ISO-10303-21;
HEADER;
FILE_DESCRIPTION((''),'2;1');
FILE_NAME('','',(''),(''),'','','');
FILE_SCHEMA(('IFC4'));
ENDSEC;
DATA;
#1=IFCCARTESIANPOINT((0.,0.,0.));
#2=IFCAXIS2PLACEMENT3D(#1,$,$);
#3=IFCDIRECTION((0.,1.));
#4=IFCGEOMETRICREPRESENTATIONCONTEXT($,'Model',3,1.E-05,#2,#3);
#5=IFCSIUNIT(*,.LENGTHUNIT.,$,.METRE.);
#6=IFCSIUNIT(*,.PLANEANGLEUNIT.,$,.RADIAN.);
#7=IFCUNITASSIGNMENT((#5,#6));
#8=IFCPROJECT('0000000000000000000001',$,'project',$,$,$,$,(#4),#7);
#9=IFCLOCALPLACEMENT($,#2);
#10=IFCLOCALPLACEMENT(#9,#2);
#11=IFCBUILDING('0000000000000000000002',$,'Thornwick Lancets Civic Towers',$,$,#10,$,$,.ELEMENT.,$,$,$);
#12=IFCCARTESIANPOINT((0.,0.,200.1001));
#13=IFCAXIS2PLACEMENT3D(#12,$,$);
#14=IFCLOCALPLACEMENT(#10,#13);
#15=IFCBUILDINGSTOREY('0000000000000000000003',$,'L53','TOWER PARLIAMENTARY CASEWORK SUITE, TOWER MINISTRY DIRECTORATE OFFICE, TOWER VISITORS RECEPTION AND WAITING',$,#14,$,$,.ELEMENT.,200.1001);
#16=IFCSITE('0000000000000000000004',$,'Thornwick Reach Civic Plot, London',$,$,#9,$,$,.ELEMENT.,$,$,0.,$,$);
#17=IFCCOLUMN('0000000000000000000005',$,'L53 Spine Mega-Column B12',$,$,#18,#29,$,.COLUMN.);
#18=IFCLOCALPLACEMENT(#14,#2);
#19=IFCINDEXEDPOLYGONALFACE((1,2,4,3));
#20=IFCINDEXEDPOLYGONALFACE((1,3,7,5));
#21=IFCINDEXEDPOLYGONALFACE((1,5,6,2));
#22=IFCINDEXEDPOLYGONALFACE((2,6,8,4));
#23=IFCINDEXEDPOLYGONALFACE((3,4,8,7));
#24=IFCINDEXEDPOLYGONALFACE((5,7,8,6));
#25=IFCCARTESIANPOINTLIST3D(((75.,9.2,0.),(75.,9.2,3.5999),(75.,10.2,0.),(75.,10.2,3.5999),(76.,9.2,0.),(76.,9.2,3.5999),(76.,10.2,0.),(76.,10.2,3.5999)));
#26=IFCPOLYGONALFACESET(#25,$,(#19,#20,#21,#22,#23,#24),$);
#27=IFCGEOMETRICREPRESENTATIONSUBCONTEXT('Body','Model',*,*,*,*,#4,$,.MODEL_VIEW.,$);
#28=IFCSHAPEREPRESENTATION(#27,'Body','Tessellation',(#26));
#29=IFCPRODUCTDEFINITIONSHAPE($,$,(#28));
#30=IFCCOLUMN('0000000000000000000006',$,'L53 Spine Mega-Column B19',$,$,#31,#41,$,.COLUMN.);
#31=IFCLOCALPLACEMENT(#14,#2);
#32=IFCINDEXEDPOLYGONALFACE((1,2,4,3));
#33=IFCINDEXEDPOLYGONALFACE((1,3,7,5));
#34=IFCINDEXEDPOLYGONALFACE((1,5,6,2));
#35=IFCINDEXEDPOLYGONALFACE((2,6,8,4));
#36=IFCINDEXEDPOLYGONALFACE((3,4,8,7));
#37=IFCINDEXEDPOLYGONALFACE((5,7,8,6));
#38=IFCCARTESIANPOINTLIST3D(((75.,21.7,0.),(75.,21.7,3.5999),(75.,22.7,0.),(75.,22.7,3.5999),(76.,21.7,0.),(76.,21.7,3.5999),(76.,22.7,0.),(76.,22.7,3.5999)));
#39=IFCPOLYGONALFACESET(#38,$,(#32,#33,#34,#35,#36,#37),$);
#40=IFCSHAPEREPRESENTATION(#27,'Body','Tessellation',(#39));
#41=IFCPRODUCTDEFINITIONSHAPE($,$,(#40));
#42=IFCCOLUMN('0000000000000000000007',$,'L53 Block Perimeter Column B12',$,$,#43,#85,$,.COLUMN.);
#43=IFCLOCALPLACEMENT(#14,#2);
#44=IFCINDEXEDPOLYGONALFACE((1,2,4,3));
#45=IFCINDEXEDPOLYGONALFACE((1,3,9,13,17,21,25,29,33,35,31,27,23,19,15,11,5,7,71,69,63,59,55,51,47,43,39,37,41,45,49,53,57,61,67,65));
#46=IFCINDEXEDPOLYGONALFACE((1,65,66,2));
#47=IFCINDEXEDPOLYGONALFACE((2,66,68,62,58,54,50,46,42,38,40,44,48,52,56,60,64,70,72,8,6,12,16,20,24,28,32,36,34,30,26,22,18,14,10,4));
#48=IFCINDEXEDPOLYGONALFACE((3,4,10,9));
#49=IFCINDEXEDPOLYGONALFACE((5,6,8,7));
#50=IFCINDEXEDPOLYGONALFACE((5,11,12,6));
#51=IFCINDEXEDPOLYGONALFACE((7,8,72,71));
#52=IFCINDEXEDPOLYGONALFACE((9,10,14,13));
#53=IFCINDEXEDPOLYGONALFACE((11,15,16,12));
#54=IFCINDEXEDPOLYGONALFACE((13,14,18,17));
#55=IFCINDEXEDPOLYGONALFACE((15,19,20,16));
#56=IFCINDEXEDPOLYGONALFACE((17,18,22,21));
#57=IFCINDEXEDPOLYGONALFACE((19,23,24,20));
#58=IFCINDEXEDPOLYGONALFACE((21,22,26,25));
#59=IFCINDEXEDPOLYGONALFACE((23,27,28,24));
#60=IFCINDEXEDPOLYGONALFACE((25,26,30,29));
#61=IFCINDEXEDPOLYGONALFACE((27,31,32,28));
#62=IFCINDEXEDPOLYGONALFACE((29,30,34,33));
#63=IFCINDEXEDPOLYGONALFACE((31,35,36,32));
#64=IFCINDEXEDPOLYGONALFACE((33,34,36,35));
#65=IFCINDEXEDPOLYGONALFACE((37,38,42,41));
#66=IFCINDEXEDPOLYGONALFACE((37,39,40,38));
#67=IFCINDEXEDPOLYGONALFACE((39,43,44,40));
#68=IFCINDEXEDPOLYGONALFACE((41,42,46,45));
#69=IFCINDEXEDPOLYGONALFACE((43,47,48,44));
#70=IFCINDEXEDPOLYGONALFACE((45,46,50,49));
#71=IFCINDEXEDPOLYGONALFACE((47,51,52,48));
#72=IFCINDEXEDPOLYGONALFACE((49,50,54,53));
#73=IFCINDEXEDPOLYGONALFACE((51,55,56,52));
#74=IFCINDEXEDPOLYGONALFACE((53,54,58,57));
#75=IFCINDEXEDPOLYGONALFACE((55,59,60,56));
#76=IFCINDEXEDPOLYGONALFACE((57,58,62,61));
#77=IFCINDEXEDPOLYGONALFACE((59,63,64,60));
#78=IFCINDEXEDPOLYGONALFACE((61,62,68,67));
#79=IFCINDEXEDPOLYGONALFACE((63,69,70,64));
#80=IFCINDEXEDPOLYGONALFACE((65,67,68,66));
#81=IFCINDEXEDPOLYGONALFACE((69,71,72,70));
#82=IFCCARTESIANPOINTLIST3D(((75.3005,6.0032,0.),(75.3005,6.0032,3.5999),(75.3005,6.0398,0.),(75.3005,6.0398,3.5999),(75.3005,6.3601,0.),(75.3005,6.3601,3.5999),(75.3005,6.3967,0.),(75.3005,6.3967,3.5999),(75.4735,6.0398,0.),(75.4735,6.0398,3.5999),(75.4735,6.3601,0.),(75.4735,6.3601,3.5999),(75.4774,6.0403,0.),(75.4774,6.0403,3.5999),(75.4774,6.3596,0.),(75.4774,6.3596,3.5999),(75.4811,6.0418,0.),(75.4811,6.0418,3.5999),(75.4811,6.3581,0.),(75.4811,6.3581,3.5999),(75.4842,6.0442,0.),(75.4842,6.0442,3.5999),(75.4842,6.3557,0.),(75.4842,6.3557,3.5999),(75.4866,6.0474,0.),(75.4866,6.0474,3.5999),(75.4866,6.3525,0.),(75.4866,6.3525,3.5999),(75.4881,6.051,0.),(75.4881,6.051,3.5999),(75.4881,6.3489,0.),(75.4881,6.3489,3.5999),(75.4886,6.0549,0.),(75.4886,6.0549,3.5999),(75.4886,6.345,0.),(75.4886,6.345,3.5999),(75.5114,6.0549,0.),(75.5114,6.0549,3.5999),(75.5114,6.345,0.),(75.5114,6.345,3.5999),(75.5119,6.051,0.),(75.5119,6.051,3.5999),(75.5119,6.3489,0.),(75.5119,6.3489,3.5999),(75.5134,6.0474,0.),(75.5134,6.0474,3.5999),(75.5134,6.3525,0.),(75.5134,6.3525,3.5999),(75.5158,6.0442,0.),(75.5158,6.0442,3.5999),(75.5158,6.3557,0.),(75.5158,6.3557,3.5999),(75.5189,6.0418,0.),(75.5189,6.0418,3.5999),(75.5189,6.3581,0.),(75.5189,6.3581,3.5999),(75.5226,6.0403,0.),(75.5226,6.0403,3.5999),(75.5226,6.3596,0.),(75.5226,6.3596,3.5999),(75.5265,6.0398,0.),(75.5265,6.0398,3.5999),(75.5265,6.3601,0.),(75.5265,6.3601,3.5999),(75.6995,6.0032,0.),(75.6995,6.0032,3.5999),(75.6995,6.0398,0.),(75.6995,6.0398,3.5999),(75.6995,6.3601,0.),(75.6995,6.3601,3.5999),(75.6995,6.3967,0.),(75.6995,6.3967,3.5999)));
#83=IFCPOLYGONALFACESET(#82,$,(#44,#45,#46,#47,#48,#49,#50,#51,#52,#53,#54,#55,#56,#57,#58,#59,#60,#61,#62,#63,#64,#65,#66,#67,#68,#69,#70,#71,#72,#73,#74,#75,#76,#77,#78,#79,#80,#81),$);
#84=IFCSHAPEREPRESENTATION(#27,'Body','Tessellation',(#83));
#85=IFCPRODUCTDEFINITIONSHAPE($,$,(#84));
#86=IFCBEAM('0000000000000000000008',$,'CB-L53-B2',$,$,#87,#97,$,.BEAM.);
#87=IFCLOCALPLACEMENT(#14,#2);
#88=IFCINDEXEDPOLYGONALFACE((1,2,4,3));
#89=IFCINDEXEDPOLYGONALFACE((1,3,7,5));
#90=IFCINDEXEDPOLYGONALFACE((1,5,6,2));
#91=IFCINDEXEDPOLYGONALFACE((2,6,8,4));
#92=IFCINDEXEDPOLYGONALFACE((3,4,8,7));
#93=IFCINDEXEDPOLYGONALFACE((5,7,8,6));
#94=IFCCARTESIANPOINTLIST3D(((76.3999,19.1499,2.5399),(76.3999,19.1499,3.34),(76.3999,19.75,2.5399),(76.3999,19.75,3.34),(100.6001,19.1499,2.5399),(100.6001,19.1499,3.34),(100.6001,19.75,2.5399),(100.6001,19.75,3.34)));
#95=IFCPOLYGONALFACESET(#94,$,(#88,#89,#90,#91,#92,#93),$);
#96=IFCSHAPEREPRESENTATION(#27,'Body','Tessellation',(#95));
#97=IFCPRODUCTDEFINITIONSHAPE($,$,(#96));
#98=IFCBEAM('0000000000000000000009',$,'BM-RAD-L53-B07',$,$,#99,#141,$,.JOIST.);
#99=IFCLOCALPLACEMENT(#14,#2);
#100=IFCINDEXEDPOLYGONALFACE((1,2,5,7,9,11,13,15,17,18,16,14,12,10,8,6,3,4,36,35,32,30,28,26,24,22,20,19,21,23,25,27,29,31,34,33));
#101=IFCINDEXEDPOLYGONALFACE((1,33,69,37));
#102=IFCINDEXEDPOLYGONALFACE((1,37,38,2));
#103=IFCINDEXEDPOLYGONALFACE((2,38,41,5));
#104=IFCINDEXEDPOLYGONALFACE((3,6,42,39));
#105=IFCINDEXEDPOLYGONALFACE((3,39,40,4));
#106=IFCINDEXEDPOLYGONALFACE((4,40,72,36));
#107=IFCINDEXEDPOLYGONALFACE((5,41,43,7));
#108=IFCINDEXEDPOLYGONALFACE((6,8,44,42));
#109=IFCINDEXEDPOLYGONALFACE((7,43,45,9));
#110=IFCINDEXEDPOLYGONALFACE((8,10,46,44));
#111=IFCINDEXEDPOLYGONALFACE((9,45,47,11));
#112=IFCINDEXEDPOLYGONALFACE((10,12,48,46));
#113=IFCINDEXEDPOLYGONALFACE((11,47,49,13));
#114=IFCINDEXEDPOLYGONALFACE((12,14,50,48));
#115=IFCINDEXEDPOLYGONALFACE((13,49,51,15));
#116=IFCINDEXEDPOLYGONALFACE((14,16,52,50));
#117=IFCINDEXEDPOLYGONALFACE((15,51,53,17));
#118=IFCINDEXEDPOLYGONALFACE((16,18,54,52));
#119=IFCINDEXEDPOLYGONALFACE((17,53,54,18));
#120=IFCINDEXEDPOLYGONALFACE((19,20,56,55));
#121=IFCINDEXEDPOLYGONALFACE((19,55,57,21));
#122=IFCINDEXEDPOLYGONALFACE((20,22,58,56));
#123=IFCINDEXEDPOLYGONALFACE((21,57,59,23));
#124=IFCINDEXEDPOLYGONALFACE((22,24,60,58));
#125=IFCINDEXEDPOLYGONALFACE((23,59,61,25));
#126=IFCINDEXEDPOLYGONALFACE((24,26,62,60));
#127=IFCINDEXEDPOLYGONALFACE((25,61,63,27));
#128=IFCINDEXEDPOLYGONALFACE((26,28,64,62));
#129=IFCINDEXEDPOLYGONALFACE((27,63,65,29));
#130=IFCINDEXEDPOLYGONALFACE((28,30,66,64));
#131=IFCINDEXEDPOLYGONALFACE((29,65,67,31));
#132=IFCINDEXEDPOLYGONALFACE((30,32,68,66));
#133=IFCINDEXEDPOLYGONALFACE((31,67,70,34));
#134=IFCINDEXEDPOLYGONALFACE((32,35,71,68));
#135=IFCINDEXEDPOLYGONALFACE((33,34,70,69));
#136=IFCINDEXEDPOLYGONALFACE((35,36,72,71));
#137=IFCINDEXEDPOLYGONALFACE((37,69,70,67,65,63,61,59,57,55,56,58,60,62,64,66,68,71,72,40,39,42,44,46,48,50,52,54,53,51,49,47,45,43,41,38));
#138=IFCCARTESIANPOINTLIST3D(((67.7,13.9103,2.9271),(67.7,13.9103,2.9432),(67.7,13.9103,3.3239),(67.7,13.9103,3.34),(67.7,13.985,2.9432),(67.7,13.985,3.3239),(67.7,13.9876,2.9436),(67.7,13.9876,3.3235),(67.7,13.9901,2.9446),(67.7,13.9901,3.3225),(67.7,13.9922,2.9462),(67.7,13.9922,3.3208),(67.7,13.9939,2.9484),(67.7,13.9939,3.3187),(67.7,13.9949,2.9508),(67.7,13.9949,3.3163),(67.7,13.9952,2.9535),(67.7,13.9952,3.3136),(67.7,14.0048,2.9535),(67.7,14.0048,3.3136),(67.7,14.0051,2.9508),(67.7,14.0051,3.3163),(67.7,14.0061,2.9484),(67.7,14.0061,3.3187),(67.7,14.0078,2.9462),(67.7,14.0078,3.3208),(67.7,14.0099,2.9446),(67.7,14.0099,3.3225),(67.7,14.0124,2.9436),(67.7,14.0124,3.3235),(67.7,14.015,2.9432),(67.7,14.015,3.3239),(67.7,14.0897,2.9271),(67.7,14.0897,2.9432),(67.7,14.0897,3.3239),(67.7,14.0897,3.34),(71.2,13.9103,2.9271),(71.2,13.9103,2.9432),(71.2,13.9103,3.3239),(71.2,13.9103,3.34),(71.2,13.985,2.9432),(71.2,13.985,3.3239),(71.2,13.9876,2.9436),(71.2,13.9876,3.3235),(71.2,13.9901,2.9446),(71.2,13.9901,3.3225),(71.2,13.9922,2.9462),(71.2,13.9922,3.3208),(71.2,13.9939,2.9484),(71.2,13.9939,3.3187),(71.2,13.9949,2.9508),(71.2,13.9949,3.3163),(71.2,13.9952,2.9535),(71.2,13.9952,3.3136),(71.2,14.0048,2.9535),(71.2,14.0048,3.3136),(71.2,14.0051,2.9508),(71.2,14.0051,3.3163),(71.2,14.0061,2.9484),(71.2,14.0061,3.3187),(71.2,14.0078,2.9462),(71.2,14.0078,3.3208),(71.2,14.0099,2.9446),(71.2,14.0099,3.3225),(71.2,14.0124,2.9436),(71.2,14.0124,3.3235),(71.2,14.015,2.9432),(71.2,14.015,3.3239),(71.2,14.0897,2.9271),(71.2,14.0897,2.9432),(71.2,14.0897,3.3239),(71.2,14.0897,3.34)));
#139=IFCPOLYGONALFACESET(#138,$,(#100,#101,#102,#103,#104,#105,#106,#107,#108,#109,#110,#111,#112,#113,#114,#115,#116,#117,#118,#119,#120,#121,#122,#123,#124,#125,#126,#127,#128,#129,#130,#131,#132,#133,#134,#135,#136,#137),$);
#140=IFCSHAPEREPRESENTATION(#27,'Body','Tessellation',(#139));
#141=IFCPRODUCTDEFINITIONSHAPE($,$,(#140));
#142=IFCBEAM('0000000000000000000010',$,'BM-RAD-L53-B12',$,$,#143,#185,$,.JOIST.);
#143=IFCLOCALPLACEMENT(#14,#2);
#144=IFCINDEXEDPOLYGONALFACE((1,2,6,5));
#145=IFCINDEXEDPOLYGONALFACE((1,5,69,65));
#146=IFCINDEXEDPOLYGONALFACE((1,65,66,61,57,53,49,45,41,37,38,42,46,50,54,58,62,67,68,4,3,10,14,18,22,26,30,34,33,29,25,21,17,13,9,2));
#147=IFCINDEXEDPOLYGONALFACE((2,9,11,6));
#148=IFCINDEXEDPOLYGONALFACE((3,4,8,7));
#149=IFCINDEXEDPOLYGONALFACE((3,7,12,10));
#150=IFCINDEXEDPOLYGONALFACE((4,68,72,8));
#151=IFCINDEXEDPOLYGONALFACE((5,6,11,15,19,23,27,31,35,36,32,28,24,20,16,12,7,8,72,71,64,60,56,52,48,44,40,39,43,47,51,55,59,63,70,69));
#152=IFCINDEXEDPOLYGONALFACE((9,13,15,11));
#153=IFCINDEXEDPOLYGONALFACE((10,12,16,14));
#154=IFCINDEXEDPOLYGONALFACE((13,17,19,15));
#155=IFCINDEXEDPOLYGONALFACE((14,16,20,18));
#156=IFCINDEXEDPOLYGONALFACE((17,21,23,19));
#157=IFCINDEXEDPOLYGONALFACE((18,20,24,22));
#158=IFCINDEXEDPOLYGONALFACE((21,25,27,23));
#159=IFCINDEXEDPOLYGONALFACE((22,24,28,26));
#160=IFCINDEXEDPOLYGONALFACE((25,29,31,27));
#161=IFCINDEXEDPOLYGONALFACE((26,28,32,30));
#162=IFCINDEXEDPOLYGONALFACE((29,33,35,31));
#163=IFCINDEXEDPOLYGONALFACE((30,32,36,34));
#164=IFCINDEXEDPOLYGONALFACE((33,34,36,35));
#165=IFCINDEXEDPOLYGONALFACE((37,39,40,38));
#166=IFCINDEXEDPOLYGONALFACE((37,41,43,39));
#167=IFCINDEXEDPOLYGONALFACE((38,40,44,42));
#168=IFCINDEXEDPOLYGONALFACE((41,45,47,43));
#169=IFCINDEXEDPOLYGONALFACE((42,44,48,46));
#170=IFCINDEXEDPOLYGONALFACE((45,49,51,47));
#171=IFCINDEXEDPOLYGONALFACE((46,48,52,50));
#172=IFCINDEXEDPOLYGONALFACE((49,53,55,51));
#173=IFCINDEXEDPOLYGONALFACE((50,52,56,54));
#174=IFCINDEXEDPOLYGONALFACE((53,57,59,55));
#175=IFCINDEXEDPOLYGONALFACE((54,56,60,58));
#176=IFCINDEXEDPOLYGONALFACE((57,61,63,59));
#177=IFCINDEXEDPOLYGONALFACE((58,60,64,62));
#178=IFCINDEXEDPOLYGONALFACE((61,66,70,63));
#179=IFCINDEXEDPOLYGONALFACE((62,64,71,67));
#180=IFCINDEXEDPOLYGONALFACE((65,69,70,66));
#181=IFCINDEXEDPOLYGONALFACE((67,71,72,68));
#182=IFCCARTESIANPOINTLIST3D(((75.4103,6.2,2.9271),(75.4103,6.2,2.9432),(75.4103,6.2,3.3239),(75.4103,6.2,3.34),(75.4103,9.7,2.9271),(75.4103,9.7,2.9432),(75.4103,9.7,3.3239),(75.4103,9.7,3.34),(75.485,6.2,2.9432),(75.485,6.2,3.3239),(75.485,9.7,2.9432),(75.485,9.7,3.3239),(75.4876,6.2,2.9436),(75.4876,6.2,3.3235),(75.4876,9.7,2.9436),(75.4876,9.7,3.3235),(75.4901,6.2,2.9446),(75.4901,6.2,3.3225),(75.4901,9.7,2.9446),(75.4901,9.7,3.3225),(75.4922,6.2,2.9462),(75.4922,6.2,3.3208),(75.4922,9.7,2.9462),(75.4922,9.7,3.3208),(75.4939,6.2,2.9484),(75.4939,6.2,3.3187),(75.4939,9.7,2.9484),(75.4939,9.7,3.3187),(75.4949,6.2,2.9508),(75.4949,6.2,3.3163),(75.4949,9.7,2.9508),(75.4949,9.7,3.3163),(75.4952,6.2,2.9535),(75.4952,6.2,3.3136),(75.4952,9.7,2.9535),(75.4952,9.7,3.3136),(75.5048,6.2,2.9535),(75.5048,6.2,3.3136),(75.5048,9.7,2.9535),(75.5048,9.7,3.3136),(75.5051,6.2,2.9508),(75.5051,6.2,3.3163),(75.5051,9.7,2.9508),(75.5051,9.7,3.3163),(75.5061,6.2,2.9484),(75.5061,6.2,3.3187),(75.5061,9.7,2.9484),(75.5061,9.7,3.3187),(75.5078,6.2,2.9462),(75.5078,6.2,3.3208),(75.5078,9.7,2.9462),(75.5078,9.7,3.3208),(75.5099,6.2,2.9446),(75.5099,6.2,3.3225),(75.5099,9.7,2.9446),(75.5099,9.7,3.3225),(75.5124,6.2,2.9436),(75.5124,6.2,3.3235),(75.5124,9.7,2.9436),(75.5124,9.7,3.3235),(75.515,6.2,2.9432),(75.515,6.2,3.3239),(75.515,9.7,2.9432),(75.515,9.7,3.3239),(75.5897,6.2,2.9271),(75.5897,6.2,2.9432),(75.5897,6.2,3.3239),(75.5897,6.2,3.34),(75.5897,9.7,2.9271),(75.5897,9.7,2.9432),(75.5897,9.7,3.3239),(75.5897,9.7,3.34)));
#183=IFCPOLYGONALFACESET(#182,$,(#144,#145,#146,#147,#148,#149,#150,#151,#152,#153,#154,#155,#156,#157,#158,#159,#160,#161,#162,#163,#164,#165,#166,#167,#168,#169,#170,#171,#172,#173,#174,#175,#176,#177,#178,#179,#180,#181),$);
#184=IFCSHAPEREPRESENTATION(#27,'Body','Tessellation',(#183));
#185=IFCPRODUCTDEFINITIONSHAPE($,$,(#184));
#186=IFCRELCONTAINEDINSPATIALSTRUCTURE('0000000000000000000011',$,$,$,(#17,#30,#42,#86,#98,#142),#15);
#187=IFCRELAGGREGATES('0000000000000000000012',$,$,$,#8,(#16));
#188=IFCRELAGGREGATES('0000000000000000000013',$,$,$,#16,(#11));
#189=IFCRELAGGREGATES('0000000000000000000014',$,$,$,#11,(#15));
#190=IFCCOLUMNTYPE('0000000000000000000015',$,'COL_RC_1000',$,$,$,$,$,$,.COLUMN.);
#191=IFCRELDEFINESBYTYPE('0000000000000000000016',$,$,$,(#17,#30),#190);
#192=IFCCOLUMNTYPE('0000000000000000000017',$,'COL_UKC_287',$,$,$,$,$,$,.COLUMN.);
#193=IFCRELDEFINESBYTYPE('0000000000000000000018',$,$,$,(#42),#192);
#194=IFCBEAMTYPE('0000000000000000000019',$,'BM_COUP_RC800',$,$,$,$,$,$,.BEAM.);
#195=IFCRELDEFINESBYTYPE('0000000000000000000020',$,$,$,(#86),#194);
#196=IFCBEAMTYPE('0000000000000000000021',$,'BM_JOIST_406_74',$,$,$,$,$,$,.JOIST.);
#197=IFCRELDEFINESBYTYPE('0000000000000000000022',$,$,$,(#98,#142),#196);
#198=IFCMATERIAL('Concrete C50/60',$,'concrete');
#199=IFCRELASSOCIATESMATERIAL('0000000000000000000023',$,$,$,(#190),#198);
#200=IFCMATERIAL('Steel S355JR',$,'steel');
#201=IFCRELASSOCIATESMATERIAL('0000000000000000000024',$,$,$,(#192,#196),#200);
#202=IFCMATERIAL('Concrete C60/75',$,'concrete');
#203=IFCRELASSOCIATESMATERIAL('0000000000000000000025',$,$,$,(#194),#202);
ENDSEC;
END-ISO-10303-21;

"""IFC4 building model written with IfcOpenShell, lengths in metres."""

from ifc_helpers import new_model, si_unit, direction, frame, origin, origin_2d, place, context, subcontext, project, spatial, rectangle, i_section, extrude, material, material_profile, profile_set, type_object, element, save


model = new_model("IFC4")

# Units and contexts
model_context = context("Model", 3, precision=1e-05, world=origin(), true_north=direction((0.0, 1.0)))
body_context = subcontext(model_context, "Body", "Model", "MODEL_VIEW")
ifc_project = project(units=[si_unit("LENGTHUNIT", "METRE"), si_unit("PLANEANGLEUNIT", "RADIAN")], contexts=[model_context])

# Site, building, storey
site_placement = place(None, origin())
site = spatial("IfcSite", under=ifc_project, at=site_placement, Name="Thornwick Reach Civic Plot, London", CompositionType="ELEMENT", RefElevation=0.0)
building_placement = place(site_placement, origin())
building = spatial("IfcBuilding", under=site, at=building_placement, Name="Thornwick Lancets Civic Towers", CompositionType="ELEMENT")
storey_placement = place(building_placement, frame((0.0, 0.0, 200.1001)))
storey = spatial("IfcBuildingStorey", under=building, at=storey_placement, Name="L53", Description="TOWER PARLIAMENTARY CASEWORK SUITE, TOWER MINISTRY DIRECTORATE OFFICE, TOWER VISITORS RECEPTION AND WAITING", CompositionType="ELEMENT", Elevation=200.1001)

# Columns
ifc_material_1 = material(Name="Concrete C50/60", Category="concrete")
ifc_material_profile_1 = material_profile(ifc_material_1, rectangle(XDim=1.0, YDim=1.0, at=origin_2d()), Name="RC 1000x1000")
ifc_profile_set_1 = profile_set([ifc_material_profile_1], Name="Concrete C50/60")
column_type_1 = type_object("IfcColumnType", Name="COL_RC_1000", PredefinedType="COLUMN", material=ifc_profile_set_1)
for number, where, z_axis, x_axis, name in (
    (1, (75.5, 9.7, 0.0), (0.0, 0.0, 1.0), (1.0, 0.0, 0.0), "L53 Spine Mega-Column B12"),
    (2, (75.5, 22.2, 0.0), (0.0, 0.0, 1.0), (1.0, 0.0, 0.0), "L53 Spine Mega-Column B19"),
):
    element("IfcColumn", number, at=place(storey_placement, frame(where, z_axis=z_axis, x_axis=x_axis)), inside=storey, type_object=column_type_1, Name=name, PredefinedType="COLUMN", context=body_context, shape_type="SweptSolid", body=[
        extrude(rectangle(XDim=1.0, YDim=1.0, at=origin_2d()), origin(), (0.0, 0.0, 1.0), 3.5999),
    ])
ifc_material_2 = material(Name="Steel S355JR", Category="steel")
ifc_material_profile_2 = material_profile(ifc_material_2, i_section(OverallWidth=0.3989, OverallDepth=0.3936, WebThickness=0.0227, FlangeThickness=0.0366, FilletRadius=0.0151, at=origin_2d()), Name="UKC 356x406x287")
ifc_profile_set_2 = profile_set([ifc_material_profile_2], Name="Steel S355JR")
column_type_2 = type_object("IfcColumnType", Name="COL_UKC_287", PredefinedType="COLUMN", material=ifc_profile_set_2)
column_placement = place(storey_placement, frame((75.5, 6.2, 0.0), z_axis=(0.0, 0.0, 1.0), x_axis=(1.0, 0.0, 0.0)))
element("IfcColumn", 3, at=column_placement, inside=storey, type_object=column_type_2, Name="L53 Block Perimeter Column B12", PredefinedType="COLUMN", context=body_context, shape_type="SweptSolid", body=[
    extrude(i_section(OverallWidth=0.3989, OverallDepth=0.3936, WebThickness=0.0227, FlangeThickness=0.0366, FilletRadius=0.0151, at=origin_2d()), origin(), (0.0, 0.0, 1.0), 3.5999),
])

# Beams
ifc_material_3 = material(Name="Concrete C60/75", Category="concrete")
ifc_material_profile_3 = material_profile(ifc_material_3, rectangle(XDim=0.6001, YDim=0.8, at=origin_2d()), Name="RC 600x800")
ifc_profile_set_3 = profile_set([ifc_material_profile_3], Name="Concrete C60/75")
beam_type_1 = type_object("IfcBeamType", Name="BM_COUP_RC800", PredefinedType="BEAM", material=ifc_profile_set_3)
beam_1_placement = place(storey_placement, frame((76.3999, 19.45, 2.9399), z_axis=(1.0, 0.0, 0.0), x_axis=(0.0, 1.0, 0.0)))
element("IfcBeam", 4, at=beam_1_placement, inside=storey, type_object=beam_type_1, Name="CB-L53-B2", PredefinedType="BEAM", context=body_context, shape_type="SweptSolid", body=[
    extrude(rectangle(XDim=0.6001, YDim=0.8, at=origin_2d()), origin(), (0.0, 0.0, 1.0), 24.2002),
])
ifc_material_profile_4 = material_profile(ifc_material_2, i_section(OverallWidth=0.1794, OverallDepth=0.4128, WebThickness=0.0095, FlangeThickness=0.0161, FilletRadius=0.0103, at=origin_2d()), Name="UKB 406x178x74")
ifc_profile_set_4 = profile_set([ifc_material_profile_4], Name="Steel S355JR")
beam_type_2 = type_object("IfcBeamType", Name="BM_JOIST_406_74", PredefinedType="JOIST", material=ifc_profile_set_4)
for number, where, z_axis, x_axis, name in (
    (5, (71.2, 14.0, 3.1335), (-1.0, 0.0, 0.0), (0.0, -1.0, 0.0), "BM-RAD-L53-B07"),
    (6, (75.5, 9.7, 3.1335), (0.0, -1.0, 0.0), (1.0, 0.0, 0.0), "BM-RAD-L53-B12"),
):
    element("IfcBeam", number, at=place(storey_placement, frame(where, z_axis=z_axis, x_axis=x_axis)), inside=storey, type_object=beam_type_2, Name=name, PredefinedType="JOIST", context=body_context, shape_type="SweptSolid", body=[
        extrude(i_section(OverallWidth=0.1794, OverallDepth=0.4128, WebThickness=0.0095, FlangeThickness=0.0161, FilletRadius=0.0103, at=origin_2d()), origin(), (0.0, 0.0, 1.0), 3.5),
    ])

save(model, "model.ifc")
